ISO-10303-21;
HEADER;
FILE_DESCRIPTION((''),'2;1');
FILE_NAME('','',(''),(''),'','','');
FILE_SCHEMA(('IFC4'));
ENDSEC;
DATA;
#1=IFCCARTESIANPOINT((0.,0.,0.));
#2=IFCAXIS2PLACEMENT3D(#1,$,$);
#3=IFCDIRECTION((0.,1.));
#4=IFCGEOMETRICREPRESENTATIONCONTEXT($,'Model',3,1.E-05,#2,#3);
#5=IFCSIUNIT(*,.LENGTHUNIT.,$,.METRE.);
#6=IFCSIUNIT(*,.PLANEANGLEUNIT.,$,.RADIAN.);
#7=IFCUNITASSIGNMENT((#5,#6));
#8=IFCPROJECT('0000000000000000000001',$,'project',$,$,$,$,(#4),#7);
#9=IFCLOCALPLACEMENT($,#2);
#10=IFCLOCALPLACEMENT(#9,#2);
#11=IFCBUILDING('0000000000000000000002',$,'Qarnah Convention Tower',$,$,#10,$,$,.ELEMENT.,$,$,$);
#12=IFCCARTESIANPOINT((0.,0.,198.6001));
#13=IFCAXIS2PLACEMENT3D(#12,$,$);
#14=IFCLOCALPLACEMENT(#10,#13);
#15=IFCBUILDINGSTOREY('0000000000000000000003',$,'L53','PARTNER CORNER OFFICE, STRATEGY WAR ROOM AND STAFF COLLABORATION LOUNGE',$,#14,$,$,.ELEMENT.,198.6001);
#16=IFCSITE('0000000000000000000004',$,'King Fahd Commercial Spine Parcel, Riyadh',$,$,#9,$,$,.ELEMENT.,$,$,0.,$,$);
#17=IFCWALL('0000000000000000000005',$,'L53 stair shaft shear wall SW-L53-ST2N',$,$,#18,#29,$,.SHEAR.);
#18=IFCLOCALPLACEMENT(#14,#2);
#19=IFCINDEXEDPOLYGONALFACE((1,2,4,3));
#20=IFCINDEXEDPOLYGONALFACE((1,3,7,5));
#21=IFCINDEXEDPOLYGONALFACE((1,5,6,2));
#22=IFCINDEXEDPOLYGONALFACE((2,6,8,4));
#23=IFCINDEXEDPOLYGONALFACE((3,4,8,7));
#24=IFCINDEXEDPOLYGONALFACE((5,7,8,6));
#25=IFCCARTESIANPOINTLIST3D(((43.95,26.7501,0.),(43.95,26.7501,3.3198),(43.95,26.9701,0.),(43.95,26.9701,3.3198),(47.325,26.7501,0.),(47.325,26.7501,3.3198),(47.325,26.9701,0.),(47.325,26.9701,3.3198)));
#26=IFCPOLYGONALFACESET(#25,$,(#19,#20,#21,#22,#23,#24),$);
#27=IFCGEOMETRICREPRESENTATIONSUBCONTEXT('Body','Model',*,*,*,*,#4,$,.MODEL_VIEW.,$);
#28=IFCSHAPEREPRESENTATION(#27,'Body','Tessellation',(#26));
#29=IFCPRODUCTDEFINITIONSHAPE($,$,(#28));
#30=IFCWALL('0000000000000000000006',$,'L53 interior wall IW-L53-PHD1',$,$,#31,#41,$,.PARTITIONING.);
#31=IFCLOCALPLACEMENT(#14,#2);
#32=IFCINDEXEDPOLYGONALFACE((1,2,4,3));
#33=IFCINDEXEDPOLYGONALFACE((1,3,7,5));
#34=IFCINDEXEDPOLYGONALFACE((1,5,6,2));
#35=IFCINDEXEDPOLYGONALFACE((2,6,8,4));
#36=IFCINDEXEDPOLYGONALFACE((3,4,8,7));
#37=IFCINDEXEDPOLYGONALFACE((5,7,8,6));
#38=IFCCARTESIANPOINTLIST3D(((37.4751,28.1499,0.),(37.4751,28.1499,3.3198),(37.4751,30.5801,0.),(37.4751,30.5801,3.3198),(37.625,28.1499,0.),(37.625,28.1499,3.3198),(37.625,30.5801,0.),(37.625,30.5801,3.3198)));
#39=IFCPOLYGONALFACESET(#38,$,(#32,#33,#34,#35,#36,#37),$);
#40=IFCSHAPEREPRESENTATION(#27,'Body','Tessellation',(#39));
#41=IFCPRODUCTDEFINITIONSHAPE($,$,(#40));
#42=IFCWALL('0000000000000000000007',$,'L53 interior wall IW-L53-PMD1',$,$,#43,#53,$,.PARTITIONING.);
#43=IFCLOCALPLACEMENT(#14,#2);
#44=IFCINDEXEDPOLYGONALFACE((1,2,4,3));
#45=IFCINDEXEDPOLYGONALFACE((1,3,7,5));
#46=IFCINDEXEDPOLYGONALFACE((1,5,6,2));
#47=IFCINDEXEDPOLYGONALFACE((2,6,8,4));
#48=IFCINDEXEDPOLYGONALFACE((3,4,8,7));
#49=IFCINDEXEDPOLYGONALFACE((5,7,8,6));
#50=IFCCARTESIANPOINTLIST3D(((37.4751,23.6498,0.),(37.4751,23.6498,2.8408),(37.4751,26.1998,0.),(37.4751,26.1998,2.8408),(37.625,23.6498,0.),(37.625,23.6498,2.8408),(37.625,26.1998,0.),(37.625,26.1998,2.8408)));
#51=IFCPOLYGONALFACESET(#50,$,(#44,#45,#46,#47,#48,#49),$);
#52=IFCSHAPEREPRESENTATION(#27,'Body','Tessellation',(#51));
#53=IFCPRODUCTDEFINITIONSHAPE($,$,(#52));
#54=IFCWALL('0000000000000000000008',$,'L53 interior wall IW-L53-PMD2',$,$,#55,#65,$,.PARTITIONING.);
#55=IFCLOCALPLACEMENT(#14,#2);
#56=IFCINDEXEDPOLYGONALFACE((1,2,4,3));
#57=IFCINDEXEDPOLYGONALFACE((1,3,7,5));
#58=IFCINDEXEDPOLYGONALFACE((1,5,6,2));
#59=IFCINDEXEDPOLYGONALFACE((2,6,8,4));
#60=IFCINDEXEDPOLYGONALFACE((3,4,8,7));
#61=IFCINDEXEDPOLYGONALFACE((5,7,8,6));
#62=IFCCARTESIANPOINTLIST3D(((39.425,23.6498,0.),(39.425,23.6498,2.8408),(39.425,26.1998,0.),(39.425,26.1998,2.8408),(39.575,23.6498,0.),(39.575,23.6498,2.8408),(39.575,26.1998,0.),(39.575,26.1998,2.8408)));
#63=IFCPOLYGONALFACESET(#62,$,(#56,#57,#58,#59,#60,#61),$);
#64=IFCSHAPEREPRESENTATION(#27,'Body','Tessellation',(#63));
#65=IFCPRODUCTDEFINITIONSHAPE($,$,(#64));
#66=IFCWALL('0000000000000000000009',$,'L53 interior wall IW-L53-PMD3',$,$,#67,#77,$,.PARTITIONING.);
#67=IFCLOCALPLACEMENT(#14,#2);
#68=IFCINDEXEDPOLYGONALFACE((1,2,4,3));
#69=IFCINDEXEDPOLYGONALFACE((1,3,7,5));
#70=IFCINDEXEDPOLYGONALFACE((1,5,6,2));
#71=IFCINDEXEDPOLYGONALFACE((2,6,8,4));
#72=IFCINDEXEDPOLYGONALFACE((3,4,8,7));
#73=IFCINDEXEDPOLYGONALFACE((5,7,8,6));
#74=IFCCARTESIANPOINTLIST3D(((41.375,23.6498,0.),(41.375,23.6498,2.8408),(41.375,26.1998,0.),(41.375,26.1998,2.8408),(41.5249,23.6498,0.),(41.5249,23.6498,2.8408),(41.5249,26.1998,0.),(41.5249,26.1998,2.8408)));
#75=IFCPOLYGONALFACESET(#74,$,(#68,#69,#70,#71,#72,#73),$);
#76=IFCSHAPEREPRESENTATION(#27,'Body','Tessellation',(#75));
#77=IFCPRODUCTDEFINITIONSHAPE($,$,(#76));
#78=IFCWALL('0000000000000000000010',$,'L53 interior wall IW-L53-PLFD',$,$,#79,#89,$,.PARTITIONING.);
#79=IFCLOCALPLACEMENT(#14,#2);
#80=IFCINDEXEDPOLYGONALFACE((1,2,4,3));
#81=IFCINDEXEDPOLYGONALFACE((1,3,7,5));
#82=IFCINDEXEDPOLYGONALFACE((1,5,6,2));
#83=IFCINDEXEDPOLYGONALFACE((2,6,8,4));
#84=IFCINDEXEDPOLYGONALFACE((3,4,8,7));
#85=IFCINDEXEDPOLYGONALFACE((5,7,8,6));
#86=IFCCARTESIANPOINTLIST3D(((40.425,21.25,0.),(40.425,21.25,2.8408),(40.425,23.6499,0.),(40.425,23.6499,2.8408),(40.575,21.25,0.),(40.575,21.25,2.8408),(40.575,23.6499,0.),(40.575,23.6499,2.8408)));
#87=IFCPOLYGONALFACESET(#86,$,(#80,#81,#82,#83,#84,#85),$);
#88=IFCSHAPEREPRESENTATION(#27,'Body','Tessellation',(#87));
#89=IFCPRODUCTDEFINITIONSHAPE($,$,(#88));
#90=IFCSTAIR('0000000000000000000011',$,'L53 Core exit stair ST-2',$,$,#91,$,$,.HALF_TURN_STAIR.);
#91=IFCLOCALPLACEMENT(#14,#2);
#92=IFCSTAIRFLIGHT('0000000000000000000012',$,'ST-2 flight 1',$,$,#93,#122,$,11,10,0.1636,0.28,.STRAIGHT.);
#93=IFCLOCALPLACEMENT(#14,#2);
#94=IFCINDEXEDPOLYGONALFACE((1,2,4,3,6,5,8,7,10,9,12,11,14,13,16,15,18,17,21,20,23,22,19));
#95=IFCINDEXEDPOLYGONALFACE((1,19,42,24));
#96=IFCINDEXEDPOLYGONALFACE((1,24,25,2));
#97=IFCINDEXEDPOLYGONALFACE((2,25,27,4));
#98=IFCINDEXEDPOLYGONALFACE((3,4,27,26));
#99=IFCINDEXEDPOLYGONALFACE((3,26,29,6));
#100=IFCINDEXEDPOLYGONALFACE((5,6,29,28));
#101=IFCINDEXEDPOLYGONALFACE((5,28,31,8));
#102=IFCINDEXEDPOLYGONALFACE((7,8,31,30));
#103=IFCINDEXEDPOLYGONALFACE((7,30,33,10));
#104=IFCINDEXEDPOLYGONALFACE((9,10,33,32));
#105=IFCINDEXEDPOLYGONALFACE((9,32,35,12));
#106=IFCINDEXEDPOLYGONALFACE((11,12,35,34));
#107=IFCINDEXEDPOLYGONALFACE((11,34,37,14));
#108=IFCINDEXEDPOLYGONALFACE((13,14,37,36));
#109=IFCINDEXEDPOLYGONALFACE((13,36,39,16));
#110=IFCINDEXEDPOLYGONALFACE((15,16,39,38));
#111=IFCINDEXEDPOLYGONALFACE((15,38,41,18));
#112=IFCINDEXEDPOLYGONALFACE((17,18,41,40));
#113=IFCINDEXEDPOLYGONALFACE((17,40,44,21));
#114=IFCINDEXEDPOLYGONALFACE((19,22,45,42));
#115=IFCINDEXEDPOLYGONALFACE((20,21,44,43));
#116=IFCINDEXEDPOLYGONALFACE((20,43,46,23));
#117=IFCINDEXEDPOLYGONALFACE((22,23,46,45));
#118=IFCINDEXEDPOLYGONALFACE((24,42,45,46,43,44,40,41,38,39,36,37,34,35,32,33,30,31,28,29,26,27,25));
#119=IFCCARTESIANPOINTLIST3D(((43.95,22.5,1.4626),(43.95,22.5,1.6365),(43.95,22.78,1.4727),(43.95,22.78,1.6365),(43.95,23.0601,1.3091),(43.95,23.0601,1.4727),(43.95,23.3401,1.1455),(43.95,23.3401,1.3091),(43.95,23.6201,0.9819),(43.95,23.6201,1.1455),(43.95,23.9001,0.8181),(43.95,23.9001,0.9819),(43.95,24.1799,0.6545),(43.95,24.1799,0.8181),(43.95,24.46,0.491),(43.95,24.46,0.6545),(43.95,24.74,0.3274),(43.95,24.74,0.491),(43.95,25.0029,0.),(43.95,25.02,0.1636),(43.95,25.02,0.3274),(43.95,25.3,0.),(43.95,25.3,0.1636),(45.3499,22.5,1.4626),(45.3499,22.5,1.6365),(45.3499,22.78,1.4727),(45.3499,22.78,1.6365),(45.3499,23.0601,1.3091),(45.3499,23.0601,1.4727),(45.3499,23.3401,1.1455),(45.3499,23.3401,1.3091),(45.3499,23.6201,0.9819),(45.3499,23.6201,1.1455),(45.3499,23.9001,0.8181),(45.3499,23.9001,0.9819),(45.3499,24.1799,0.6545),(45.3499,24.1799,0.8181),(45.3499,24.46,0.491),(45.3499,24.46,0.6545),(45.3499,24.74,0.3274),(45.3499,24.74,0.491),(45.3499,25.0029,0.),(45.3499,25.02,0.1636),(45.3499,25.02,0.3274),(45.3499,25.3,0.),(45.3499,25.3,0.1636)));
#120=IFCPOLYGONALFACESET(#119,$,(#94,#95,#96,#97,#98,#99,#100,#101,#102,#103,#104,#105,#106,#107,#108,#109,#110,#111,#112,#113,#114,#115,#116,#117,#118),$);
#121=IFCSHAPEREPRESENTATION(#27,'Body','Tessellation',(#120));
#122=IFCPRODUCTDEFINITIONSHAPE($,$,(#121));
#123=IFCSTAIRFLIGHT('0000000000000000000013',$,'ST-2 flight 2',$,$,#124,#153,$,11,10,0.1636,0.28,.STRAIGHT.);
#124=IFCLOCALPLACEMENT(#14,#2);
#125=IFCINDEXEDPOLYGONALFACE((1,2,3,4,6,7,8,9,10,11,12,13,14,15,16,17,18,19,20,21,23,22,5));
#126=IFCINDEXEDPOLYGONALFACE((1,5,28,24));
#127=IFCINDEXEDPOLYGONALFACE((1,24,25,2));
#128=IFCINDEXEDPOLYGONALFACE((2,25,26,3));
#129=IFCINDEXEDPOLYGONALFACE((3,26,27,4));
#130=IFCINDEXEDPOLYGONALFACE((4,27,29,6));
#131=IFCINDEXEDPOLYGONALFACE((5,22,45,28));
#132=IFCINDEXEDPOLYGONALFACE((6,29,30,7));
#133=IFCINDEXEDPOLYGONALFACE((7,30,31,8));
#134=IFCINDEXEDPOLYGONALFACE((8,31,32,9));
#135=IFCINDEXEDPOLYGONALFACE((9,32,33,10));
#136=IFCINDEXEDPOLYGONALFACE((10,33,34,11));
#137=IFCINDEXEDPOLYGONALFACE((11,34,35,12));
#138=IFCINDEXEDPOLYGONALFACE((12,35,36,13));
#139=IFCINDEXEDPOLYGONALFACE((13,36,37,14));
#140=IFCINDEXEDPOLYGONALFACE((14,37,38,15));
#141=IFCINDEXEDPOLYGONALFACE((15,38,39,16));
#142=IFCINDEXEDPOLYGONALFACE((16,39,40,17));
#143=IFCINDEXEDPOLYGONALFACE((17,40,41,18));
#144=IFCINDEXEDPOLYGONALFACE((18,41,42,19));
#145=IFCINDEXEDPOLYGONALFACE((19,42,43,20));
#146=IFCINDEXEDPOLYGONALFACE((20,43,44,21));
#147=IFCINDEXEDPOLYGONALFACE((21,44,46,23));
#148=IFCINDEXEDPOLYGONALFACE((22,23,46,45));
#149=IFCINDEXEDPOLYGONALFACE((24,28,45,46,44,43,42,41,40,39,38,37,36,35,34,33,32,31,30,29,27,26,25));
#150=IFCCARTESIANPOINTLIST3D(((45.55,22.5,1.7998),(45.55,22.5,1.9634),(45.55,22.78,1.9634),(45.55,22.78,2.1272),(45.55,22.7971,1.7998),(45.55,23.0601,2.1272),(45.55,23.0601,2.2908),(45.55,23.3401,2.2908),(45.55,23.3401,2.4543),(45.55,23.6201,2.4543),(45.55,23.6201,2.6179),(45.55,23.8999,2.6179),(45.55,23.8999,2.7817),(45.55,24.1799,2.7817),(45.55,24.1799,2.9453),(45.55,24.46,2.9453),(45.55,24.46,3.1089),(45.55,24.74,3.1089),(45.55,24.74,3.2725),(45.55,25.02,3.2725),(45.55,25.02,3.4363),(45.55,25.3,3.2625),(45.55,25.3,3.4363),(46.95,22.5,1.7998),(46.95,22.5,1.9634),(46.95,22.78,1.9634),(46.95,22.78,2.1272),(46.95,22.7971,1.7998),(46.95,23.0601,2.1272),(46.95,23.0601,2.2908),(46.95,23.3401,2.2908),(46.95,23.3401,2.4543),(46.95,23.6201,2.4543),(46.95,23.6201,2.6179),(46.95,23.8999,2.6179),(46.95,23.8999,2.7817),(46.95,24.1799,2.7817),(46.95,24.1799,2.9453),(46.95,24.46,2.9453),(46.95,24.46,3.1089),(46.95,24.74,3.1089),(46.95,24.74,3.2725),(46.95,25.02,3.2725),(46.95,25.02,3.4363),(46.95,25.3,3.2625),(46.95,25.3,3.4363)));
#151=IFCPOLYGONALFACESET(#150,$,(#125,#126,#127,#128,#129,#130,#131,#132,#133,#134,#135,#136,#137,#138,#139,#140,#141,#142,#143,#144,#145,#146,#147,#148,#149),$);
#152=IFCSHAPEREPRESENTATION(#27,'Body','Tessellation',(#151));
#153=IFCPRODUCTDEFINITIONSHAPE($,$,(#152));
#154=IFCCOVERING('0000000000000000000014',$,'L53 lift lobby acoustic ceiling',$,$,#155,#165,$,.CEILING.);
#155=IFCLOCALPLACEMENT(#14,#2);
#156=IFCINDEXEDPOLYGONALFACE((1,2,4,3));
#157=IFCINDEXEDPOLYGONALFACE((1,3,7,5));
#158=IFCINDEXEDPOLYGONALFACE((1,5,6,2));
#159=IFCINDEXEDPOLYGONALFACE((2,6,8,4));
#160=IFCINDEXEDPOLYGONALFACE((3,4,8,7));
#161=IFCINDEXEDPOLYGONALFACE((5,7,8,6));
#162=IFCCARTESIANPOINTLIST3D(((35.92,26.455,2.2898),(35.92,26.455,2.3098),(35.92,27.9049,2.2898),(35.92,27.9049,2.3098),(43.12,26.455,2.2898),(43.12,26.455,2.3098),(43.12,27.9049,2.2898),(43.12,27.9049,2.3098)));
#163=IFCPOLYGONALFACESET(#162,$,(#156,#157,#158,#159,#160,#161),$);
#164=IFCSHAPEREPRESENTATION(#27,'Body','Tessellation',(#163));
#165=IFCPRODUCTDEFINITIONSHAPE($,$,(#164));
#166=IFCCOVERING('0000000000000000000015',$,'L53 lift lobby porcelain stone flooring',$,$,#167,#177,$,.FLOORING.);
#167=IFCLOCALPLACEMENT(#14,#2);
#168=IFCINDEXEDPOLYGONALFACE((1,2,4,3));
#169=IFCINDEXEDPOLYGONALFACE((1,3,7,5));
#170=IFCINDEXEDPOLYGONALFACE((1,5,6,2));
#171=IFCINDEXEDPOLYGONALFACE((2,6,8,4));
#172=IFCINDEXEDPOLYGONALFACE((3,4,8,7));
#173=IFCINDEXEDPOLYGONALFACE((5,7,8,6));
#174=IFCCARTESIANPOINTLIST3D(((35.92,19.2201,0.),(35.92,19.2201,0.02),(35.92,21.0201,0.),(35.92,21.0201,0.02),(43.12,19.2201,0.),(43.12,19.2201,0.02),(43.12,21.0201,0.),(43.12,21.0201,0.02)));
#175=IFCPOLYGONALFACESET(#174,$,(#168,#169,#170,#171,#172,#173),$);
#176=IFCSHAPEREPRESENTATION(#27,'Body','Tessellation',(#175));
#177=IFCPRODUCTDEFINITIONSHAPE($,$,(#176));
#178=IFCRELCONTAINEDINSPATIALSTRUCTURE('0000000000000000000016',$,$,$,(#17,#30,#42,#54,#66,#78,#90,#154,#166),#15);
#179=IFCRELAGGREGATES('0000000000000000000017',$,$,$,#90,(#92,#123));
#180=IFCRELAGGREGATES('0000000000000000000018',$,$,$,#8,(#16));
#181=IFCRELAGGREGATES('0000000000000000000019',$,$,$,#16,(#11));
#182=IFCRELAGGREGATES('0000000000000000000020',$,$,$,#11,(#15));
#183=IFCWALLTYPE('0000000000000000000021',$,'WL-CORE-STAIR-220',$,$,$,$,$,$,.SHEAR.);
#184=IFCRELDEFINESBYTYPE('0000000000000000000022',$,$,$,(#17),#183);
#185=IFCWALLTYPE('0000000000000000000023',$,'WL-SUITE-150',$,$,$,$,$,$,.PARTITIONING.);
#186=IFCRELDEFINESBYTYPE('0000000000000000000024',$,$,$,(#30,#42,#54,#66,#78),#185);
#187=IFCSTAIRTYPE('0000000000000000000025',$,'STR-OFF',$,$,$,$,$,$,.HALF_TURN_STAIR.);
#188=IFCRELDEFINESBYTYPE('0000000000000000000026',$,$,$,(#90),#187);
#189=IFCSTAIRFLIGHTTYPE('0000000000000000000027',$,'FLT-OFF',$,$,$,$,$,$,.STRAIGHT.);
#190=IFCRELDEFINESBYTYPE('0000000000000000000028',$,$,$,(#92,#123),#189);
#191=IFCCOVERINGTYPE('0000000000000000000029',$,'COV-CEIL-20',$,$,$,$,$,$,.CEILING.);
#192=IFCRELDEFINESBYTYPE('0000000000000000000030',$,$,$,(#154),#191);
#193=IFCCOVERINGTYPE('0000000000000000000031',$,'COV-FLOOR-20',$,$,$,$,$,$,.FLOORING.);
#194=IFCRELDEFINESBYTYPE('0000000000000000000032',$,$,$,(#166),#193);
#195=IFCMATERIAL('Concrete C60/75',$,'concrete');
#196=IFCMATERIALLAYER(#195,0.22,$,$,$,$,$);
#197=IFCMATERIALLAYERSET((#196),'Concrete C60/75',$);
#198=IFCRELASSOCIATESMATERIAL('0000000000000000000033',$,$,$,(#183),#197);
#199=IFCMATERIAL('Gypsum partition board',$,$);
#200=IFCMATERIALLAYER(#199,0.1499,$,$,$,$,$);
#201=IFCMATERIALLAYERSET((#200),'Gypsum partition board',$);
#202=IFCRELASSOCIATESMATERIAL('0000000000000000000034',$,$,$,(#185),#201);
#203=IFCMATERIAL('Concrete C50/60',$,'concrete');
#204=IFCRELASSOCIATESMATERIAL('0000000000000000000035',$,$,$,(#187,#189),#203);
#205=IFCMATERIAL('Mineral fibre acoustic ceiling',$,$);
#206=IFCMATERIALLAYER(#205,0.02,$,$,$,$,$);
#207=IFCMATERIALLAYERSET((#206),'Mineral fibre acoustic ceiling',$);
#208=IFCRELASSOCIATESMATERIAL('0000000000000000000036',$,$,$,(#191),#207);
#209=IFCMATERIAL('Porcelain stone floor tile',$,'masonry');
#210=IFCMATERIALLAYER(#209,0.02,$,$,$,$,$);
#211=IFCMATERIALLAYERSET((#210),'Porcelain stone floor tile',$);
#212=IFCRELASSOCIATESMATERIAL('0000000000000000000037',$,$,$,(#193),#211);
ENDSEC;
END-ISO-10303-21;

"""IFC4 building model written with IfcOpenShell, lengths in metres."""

from ifc_helpers import new_model, si_unit, direction, frame, frame_2d, origin, origin_2d, place, context, subcontext, project, spatial, polyline, rectangle, outline, extrude, material, layer, layer_set, type_object, element, aggregate, save


model = new_model("IFC4")

# Units and contexts
model_context = context("Model", 3, precision=1e-05, world=origin(), true_north=direction((0.0, 1.0)))
body_context = subcontext(model_context, "Body", "Model", "MODEL_VIEW")
ifc_project = project(units=[si_unit("LENGTHUNIT", "METRE"), si_unit("PLANEANGLEUNIT", "RADIAN")], contexts=[model_context])

# Site, building, storey
site_placement = place(None, origin())
site = spatial("IfcSite", under=ifc_project, at=site_placement, Name="King Fahd Commercial Spine Parcel, Riyadh", CompositionType="ELEMENT", RefElevation=0.0)
building_placement = place(site_placement, origin())
building = spatial("IfcBuilding", under=site, at=building_placement, Name="Qarnah Convention Tower", CompositionType="ELEMENT")
storey_placement = place(building_placement, frame((0.0, 0.0, 198.6001)))
storey = spatial("IfcBuildingStorey", under=building, at=storey_placement, Name="L53", Description="PARTNER CORNER OFFICE, STRATEGY WAR ROOM AND STAFF COLLABORATION LOUNGE", CompositionType="ELEMENT", Elevation=198.6001)

# Shared definitions
ifc_material_1 = material(Name="Concrete C50/60", Category="concrete")

# Walls
ifc_material_2 = material(Name="Concrete C60/75", Category="concrete")
ifc_layer_1 = layer(ifc_material_2, 0.22)
ifc_layer_set_1 = layer_set([ifc_layer_1], Name="Concrete C60/75")
wall_type_1 = type_object("IfcWallType", Name="WL-CORE-STAIR-220", PredefinedType="SHEAR", material=ifc_layer_set_1)
wall_1_placement = place(storey_placement, frame((43.95, 26.8601, 0.0), z_axis=(0.0, 0.0, 1.0), x_axis=(1.0, 0.0, 0.0)))
element("IfcWall", 1, at=wall_1_placement, inside=storey, type_object=wall_type_1, Name="L53 stair shaft shear wall SW-L53-ST2N", PredefinedType="SHEAR", context=body_context, shape_type="SweptSolid", body=[
    extrude(rectangle(XDim=3.375, YDim=0.22, at=frame_2d((1.6875, 0.0))), origin(), (0.0, 0.0, 1.0), 3.3198),
])
ifc_material_3 = material(Name="Gypsum partition board")
ifc_layer_2 = layer(ifc_material_3, 0.1499)
ifc_layer_set_2 = layer_set([ifc_layer_2], Name="Gypsum partition board")
wall_type_2 = type_object("IfcWallType", Name="WL-SUITE-150", PredefinedType="PARTITIONING", material=ifc_layer_set_2)
wall_2_placement = place(storey_placement, frame((37.55, 28.1499, 0.0), z_axis=(0.0, 0.0, 1.0), x_axis=(0.0, 1.0, 0.0)))
element("IfcWall", 2, at=wall_2_placement, inside=storey, type_object=wall_type_2, Name="L53 interior wall IW-L53-PHD1", PredefinedType="PARTITIONING", context=body_context, shape_type="SweptSolid", body=[
    extrude(rectangle(XDim=2.4302, YDim=0.1499, at=frame_2d((1.2151, 0.0))), origin(), (0.0, 0.0, 1.0), 3.3198),
])
for number, where, z_axis, x_axis, name in (
    (3, (37.55, 23.6499, 0.0), (0.0, 0.0, 1.0), (0.0, 1.0, 0.0), "L53 interior wall IW-L53-PMD1"),
    (4, (39.5, 23.6499, 0.0), (0.0, 0.0, 1.0), (0.0, 1.0, 0.0), "L53 interior wall IW-L53-PMD2"),
    (5, (41.45, 23.6499, 0.0), (0.0, 0.0, 1.0), (0.0, 1.0, 0.0), "L53 interior wall IW-L53-PMD3"),
):
    element("IfcWall", number, at=place(storey_placement, frame(where, z_axis=z_axis, x_axis=x_axis)), inside=storey, type_object=wall_type_2, Name=name, PredefinedType="PARTITIONING", context=body_context, shape_type="SweptSolid", body=[
        extrude(rectangle(XDim=2.55, YDim=0.1499, at=frame_2d((1.2749, 0.0))), origin(), (0.0, 0.0, 1.0), 2.8408),
    ])
wall_3_placement = place(storey_placement, frame((40.5, 21.25, 0.0), z_axis=(0.0, 0.0, 1.0), x_axis=(0.0, 1.0, 0.0)))
element("IfcWall", 6, at=wall_3_placement, inside=storey, type_object=wall_type_2, Name="L53 interior wall IW-L53-PLFD", PredefinedType="PARTITIONING", context=body_context, shape_type="SweptSolid", body=[
    extrude(rectangle(XDim=2.3999, YDim=0.1499, at=frame_2d((1.2, 0.0))), origin(), (0.0, 0.0, 1.0), 2.8408),
])

# Stair, stair flights
stair_type = type_object("IfcStairType", Name="STR-OFF", PredefinedType="HALF_TURN_STAIR", material=ifc_material_1)
stair_placement = place(storey_placement, origin())
stair = element("IfcStair", 7, at=stair_placement, inside=storey, type_object=stair_type, Name="L53 Core exit stair ST-2", PredefinedType="HALF_TURN_STAIR")
stair_flight_type = type_object("IfcStairFlightType", Name="FLT-OFF", PredefinedType="STRAIGHT", material=ifc_material_1)
stair_flight_1_placement = place(storey_placement, frame((44.6499, 25.3, 0.0), z_axis=(0.0, 0.0, 1.0), x_axis=(0.0, -1.0, 0.0)))
stair_flight_1 = element("IfcStairFlight", 8, at=stair_flight_1_placement, type_object=stair_flight_type, Name="ST-2 flight 1", NumberOfRisers=11, NumberOfTreads=10, PredefinedType="STRAIGHT", RiserHeight=0.1636, TreadLength=0.28, context=body_context, shape_type="SweptSolid", body=[
    extrude(outline(polyline([(0.0, 0.0), (0.0, 0.1636), (0.28, 0.1636), (0.28, 0.3274), (0.5601, 0.3274), (0.5601, 0.491), (0.8401, 0.491), (0.8401, 0.6545), (1.1201, 0.6545), (1.1201, 0.8181), (1.3999, 0.8181), (1.3999, 0.9819), (1.6799, 0.9819), (1.6799, 1.1455), (1.96, 1.1455), (1.96, 1.3091), (2.24, 1.3091), (2.24, 1.4727), (2.52, 1.4727), (2.52, 1.6365), (2.8, 1.6365), (2.8, 1.8), (2.8, 1.4626), (0.2971, 0.0), (0.0, 0.0)])), frame((0.0, 0.7, 0.0), z_axis=(0.0, -1.0, 0.0), x_axis=(1.0, 0.0, 0.0)), (0.0, 0.0, 1.0), 1.3999),
])
stair_flight_2_placement = place(storey_placement, frame((46.25, 22.5, 1.7998), z_axis=(0.0, 0.0, 1.0), x_axis=(0.0, 1.0, 0.0)))
stair_flight_2 = element("IfcStairFlight", 9, at=stair_flight_2_placement, type_object=stair_flight_type, Name="ST-2 flight 2", NumberOfRisers=11, NumberOfTreads=10, PredefinedType="STRAIGHT", RiserHeight=0.1636, TreadLength=0.28, context=body_context, shape_type="SweptSolid", body=[
    extrude(outline(polyline([(0.0, 0.0), (0.0, 0.1636), (0.28, 0.1636), (0.28, 0.3274), (0.5601, 0.3274), (0.5601, 0.491), (0.8401, 0.491), (0.8401, 0.6545), (1.1201, 0.6545), (1.1201, 0.8181), (1.3999, 0.8181), (1.3999, 0.9819), (1.6799, 0.9819), (1.6799, 1.1455), (1.96, 1.1455), (1.96, 1.3091), (2.24, 1.3091), (2.24, 1.4727), (2.52, 1.4727), (2.52, 1.6365), (2.8, 1.6365), (2.8, 1.8), (2.8, 1.4626), (0.2971, 0.0), (0.0, 0.0)])), frame((0.0, 0.7, 0.0), z_axis=(0.0, -1.0, 0.0), x_axis=(1.0, 0.0, 0.0)), (0.0, 0.0, 1.0), 1.3999),
])
aggregate(stair, [stair_flight_1, stair_flight_2])

# Coverings
ifc_material_4 = material(Name="Mineral fibre acoustic ceiling")
ifc_layer_3 = layer(ifc_material_4, 0.02)
ifc_layer_set_3 = layer_set([ifc_layer_3], Name="Mineral fibre acoustic ceiling")
covering_type_1 = type_object("IfcCoveringType", Name="COV-CEIL-20", PredefinedType="CEILING", material=ifc_layer_set_3)
covering_1_placement = place(storey_placement, frame((39.52, 27.1799, 2.2898), z_axis=(0.0, 0.0, 1.0), x_axis=(1.0, 0.0, 0.0)))
element("IfcCovering", 10, at=covering_1_placement, inside=storey, type_object=covering_type_1, Name="L53 lift lobby acoustic ceiling", PredefinedType="CEILING", context=body_context, shape_type="SweptSolid", body=[
    extrude(rectangle(XDim=7.2, YDim=1.45, at=origin_2d()), origin(), (0.0, 0.0, 1.0), 0.02),
])
ifc_material_5 = material(Name="Porcelain stone floor tile", Category="masonry")
ifc_layer_4 = layer(ifc_material_5, 0.02)
ifc_layer_set_4 = layer_set([ifc_layer_4], Name="Porcelain stone floor tile")
covering_type_2 = type_object("IfcCoveringType", Name="COV-FLOOR-20", PredefinedType="FLOORING", material=ifc_layer_set_4)
covering_2_placement = place(storey_placement, frame((39.52, 20.1201, 0.0), z_axis=(0.0, 0.0, 1.0), x_axis=(1.0, 0.0, 0.0)))
element("IfcCovering", 11, at=covering_2_placement, inside=storey, type_object=covering_type_2, Name="L53 lift lobby porcelain stone flooring", PredefinedType="FLOORING", context=body_context, shape_type="SweptSolid", body=[
    extrude(rectangle(XDim=7.2, YDim=1.8, at=origin_2d()), origin(), (0.0, 0.0, 1.0), 0.02),
])

save(model, "model.ifc")
